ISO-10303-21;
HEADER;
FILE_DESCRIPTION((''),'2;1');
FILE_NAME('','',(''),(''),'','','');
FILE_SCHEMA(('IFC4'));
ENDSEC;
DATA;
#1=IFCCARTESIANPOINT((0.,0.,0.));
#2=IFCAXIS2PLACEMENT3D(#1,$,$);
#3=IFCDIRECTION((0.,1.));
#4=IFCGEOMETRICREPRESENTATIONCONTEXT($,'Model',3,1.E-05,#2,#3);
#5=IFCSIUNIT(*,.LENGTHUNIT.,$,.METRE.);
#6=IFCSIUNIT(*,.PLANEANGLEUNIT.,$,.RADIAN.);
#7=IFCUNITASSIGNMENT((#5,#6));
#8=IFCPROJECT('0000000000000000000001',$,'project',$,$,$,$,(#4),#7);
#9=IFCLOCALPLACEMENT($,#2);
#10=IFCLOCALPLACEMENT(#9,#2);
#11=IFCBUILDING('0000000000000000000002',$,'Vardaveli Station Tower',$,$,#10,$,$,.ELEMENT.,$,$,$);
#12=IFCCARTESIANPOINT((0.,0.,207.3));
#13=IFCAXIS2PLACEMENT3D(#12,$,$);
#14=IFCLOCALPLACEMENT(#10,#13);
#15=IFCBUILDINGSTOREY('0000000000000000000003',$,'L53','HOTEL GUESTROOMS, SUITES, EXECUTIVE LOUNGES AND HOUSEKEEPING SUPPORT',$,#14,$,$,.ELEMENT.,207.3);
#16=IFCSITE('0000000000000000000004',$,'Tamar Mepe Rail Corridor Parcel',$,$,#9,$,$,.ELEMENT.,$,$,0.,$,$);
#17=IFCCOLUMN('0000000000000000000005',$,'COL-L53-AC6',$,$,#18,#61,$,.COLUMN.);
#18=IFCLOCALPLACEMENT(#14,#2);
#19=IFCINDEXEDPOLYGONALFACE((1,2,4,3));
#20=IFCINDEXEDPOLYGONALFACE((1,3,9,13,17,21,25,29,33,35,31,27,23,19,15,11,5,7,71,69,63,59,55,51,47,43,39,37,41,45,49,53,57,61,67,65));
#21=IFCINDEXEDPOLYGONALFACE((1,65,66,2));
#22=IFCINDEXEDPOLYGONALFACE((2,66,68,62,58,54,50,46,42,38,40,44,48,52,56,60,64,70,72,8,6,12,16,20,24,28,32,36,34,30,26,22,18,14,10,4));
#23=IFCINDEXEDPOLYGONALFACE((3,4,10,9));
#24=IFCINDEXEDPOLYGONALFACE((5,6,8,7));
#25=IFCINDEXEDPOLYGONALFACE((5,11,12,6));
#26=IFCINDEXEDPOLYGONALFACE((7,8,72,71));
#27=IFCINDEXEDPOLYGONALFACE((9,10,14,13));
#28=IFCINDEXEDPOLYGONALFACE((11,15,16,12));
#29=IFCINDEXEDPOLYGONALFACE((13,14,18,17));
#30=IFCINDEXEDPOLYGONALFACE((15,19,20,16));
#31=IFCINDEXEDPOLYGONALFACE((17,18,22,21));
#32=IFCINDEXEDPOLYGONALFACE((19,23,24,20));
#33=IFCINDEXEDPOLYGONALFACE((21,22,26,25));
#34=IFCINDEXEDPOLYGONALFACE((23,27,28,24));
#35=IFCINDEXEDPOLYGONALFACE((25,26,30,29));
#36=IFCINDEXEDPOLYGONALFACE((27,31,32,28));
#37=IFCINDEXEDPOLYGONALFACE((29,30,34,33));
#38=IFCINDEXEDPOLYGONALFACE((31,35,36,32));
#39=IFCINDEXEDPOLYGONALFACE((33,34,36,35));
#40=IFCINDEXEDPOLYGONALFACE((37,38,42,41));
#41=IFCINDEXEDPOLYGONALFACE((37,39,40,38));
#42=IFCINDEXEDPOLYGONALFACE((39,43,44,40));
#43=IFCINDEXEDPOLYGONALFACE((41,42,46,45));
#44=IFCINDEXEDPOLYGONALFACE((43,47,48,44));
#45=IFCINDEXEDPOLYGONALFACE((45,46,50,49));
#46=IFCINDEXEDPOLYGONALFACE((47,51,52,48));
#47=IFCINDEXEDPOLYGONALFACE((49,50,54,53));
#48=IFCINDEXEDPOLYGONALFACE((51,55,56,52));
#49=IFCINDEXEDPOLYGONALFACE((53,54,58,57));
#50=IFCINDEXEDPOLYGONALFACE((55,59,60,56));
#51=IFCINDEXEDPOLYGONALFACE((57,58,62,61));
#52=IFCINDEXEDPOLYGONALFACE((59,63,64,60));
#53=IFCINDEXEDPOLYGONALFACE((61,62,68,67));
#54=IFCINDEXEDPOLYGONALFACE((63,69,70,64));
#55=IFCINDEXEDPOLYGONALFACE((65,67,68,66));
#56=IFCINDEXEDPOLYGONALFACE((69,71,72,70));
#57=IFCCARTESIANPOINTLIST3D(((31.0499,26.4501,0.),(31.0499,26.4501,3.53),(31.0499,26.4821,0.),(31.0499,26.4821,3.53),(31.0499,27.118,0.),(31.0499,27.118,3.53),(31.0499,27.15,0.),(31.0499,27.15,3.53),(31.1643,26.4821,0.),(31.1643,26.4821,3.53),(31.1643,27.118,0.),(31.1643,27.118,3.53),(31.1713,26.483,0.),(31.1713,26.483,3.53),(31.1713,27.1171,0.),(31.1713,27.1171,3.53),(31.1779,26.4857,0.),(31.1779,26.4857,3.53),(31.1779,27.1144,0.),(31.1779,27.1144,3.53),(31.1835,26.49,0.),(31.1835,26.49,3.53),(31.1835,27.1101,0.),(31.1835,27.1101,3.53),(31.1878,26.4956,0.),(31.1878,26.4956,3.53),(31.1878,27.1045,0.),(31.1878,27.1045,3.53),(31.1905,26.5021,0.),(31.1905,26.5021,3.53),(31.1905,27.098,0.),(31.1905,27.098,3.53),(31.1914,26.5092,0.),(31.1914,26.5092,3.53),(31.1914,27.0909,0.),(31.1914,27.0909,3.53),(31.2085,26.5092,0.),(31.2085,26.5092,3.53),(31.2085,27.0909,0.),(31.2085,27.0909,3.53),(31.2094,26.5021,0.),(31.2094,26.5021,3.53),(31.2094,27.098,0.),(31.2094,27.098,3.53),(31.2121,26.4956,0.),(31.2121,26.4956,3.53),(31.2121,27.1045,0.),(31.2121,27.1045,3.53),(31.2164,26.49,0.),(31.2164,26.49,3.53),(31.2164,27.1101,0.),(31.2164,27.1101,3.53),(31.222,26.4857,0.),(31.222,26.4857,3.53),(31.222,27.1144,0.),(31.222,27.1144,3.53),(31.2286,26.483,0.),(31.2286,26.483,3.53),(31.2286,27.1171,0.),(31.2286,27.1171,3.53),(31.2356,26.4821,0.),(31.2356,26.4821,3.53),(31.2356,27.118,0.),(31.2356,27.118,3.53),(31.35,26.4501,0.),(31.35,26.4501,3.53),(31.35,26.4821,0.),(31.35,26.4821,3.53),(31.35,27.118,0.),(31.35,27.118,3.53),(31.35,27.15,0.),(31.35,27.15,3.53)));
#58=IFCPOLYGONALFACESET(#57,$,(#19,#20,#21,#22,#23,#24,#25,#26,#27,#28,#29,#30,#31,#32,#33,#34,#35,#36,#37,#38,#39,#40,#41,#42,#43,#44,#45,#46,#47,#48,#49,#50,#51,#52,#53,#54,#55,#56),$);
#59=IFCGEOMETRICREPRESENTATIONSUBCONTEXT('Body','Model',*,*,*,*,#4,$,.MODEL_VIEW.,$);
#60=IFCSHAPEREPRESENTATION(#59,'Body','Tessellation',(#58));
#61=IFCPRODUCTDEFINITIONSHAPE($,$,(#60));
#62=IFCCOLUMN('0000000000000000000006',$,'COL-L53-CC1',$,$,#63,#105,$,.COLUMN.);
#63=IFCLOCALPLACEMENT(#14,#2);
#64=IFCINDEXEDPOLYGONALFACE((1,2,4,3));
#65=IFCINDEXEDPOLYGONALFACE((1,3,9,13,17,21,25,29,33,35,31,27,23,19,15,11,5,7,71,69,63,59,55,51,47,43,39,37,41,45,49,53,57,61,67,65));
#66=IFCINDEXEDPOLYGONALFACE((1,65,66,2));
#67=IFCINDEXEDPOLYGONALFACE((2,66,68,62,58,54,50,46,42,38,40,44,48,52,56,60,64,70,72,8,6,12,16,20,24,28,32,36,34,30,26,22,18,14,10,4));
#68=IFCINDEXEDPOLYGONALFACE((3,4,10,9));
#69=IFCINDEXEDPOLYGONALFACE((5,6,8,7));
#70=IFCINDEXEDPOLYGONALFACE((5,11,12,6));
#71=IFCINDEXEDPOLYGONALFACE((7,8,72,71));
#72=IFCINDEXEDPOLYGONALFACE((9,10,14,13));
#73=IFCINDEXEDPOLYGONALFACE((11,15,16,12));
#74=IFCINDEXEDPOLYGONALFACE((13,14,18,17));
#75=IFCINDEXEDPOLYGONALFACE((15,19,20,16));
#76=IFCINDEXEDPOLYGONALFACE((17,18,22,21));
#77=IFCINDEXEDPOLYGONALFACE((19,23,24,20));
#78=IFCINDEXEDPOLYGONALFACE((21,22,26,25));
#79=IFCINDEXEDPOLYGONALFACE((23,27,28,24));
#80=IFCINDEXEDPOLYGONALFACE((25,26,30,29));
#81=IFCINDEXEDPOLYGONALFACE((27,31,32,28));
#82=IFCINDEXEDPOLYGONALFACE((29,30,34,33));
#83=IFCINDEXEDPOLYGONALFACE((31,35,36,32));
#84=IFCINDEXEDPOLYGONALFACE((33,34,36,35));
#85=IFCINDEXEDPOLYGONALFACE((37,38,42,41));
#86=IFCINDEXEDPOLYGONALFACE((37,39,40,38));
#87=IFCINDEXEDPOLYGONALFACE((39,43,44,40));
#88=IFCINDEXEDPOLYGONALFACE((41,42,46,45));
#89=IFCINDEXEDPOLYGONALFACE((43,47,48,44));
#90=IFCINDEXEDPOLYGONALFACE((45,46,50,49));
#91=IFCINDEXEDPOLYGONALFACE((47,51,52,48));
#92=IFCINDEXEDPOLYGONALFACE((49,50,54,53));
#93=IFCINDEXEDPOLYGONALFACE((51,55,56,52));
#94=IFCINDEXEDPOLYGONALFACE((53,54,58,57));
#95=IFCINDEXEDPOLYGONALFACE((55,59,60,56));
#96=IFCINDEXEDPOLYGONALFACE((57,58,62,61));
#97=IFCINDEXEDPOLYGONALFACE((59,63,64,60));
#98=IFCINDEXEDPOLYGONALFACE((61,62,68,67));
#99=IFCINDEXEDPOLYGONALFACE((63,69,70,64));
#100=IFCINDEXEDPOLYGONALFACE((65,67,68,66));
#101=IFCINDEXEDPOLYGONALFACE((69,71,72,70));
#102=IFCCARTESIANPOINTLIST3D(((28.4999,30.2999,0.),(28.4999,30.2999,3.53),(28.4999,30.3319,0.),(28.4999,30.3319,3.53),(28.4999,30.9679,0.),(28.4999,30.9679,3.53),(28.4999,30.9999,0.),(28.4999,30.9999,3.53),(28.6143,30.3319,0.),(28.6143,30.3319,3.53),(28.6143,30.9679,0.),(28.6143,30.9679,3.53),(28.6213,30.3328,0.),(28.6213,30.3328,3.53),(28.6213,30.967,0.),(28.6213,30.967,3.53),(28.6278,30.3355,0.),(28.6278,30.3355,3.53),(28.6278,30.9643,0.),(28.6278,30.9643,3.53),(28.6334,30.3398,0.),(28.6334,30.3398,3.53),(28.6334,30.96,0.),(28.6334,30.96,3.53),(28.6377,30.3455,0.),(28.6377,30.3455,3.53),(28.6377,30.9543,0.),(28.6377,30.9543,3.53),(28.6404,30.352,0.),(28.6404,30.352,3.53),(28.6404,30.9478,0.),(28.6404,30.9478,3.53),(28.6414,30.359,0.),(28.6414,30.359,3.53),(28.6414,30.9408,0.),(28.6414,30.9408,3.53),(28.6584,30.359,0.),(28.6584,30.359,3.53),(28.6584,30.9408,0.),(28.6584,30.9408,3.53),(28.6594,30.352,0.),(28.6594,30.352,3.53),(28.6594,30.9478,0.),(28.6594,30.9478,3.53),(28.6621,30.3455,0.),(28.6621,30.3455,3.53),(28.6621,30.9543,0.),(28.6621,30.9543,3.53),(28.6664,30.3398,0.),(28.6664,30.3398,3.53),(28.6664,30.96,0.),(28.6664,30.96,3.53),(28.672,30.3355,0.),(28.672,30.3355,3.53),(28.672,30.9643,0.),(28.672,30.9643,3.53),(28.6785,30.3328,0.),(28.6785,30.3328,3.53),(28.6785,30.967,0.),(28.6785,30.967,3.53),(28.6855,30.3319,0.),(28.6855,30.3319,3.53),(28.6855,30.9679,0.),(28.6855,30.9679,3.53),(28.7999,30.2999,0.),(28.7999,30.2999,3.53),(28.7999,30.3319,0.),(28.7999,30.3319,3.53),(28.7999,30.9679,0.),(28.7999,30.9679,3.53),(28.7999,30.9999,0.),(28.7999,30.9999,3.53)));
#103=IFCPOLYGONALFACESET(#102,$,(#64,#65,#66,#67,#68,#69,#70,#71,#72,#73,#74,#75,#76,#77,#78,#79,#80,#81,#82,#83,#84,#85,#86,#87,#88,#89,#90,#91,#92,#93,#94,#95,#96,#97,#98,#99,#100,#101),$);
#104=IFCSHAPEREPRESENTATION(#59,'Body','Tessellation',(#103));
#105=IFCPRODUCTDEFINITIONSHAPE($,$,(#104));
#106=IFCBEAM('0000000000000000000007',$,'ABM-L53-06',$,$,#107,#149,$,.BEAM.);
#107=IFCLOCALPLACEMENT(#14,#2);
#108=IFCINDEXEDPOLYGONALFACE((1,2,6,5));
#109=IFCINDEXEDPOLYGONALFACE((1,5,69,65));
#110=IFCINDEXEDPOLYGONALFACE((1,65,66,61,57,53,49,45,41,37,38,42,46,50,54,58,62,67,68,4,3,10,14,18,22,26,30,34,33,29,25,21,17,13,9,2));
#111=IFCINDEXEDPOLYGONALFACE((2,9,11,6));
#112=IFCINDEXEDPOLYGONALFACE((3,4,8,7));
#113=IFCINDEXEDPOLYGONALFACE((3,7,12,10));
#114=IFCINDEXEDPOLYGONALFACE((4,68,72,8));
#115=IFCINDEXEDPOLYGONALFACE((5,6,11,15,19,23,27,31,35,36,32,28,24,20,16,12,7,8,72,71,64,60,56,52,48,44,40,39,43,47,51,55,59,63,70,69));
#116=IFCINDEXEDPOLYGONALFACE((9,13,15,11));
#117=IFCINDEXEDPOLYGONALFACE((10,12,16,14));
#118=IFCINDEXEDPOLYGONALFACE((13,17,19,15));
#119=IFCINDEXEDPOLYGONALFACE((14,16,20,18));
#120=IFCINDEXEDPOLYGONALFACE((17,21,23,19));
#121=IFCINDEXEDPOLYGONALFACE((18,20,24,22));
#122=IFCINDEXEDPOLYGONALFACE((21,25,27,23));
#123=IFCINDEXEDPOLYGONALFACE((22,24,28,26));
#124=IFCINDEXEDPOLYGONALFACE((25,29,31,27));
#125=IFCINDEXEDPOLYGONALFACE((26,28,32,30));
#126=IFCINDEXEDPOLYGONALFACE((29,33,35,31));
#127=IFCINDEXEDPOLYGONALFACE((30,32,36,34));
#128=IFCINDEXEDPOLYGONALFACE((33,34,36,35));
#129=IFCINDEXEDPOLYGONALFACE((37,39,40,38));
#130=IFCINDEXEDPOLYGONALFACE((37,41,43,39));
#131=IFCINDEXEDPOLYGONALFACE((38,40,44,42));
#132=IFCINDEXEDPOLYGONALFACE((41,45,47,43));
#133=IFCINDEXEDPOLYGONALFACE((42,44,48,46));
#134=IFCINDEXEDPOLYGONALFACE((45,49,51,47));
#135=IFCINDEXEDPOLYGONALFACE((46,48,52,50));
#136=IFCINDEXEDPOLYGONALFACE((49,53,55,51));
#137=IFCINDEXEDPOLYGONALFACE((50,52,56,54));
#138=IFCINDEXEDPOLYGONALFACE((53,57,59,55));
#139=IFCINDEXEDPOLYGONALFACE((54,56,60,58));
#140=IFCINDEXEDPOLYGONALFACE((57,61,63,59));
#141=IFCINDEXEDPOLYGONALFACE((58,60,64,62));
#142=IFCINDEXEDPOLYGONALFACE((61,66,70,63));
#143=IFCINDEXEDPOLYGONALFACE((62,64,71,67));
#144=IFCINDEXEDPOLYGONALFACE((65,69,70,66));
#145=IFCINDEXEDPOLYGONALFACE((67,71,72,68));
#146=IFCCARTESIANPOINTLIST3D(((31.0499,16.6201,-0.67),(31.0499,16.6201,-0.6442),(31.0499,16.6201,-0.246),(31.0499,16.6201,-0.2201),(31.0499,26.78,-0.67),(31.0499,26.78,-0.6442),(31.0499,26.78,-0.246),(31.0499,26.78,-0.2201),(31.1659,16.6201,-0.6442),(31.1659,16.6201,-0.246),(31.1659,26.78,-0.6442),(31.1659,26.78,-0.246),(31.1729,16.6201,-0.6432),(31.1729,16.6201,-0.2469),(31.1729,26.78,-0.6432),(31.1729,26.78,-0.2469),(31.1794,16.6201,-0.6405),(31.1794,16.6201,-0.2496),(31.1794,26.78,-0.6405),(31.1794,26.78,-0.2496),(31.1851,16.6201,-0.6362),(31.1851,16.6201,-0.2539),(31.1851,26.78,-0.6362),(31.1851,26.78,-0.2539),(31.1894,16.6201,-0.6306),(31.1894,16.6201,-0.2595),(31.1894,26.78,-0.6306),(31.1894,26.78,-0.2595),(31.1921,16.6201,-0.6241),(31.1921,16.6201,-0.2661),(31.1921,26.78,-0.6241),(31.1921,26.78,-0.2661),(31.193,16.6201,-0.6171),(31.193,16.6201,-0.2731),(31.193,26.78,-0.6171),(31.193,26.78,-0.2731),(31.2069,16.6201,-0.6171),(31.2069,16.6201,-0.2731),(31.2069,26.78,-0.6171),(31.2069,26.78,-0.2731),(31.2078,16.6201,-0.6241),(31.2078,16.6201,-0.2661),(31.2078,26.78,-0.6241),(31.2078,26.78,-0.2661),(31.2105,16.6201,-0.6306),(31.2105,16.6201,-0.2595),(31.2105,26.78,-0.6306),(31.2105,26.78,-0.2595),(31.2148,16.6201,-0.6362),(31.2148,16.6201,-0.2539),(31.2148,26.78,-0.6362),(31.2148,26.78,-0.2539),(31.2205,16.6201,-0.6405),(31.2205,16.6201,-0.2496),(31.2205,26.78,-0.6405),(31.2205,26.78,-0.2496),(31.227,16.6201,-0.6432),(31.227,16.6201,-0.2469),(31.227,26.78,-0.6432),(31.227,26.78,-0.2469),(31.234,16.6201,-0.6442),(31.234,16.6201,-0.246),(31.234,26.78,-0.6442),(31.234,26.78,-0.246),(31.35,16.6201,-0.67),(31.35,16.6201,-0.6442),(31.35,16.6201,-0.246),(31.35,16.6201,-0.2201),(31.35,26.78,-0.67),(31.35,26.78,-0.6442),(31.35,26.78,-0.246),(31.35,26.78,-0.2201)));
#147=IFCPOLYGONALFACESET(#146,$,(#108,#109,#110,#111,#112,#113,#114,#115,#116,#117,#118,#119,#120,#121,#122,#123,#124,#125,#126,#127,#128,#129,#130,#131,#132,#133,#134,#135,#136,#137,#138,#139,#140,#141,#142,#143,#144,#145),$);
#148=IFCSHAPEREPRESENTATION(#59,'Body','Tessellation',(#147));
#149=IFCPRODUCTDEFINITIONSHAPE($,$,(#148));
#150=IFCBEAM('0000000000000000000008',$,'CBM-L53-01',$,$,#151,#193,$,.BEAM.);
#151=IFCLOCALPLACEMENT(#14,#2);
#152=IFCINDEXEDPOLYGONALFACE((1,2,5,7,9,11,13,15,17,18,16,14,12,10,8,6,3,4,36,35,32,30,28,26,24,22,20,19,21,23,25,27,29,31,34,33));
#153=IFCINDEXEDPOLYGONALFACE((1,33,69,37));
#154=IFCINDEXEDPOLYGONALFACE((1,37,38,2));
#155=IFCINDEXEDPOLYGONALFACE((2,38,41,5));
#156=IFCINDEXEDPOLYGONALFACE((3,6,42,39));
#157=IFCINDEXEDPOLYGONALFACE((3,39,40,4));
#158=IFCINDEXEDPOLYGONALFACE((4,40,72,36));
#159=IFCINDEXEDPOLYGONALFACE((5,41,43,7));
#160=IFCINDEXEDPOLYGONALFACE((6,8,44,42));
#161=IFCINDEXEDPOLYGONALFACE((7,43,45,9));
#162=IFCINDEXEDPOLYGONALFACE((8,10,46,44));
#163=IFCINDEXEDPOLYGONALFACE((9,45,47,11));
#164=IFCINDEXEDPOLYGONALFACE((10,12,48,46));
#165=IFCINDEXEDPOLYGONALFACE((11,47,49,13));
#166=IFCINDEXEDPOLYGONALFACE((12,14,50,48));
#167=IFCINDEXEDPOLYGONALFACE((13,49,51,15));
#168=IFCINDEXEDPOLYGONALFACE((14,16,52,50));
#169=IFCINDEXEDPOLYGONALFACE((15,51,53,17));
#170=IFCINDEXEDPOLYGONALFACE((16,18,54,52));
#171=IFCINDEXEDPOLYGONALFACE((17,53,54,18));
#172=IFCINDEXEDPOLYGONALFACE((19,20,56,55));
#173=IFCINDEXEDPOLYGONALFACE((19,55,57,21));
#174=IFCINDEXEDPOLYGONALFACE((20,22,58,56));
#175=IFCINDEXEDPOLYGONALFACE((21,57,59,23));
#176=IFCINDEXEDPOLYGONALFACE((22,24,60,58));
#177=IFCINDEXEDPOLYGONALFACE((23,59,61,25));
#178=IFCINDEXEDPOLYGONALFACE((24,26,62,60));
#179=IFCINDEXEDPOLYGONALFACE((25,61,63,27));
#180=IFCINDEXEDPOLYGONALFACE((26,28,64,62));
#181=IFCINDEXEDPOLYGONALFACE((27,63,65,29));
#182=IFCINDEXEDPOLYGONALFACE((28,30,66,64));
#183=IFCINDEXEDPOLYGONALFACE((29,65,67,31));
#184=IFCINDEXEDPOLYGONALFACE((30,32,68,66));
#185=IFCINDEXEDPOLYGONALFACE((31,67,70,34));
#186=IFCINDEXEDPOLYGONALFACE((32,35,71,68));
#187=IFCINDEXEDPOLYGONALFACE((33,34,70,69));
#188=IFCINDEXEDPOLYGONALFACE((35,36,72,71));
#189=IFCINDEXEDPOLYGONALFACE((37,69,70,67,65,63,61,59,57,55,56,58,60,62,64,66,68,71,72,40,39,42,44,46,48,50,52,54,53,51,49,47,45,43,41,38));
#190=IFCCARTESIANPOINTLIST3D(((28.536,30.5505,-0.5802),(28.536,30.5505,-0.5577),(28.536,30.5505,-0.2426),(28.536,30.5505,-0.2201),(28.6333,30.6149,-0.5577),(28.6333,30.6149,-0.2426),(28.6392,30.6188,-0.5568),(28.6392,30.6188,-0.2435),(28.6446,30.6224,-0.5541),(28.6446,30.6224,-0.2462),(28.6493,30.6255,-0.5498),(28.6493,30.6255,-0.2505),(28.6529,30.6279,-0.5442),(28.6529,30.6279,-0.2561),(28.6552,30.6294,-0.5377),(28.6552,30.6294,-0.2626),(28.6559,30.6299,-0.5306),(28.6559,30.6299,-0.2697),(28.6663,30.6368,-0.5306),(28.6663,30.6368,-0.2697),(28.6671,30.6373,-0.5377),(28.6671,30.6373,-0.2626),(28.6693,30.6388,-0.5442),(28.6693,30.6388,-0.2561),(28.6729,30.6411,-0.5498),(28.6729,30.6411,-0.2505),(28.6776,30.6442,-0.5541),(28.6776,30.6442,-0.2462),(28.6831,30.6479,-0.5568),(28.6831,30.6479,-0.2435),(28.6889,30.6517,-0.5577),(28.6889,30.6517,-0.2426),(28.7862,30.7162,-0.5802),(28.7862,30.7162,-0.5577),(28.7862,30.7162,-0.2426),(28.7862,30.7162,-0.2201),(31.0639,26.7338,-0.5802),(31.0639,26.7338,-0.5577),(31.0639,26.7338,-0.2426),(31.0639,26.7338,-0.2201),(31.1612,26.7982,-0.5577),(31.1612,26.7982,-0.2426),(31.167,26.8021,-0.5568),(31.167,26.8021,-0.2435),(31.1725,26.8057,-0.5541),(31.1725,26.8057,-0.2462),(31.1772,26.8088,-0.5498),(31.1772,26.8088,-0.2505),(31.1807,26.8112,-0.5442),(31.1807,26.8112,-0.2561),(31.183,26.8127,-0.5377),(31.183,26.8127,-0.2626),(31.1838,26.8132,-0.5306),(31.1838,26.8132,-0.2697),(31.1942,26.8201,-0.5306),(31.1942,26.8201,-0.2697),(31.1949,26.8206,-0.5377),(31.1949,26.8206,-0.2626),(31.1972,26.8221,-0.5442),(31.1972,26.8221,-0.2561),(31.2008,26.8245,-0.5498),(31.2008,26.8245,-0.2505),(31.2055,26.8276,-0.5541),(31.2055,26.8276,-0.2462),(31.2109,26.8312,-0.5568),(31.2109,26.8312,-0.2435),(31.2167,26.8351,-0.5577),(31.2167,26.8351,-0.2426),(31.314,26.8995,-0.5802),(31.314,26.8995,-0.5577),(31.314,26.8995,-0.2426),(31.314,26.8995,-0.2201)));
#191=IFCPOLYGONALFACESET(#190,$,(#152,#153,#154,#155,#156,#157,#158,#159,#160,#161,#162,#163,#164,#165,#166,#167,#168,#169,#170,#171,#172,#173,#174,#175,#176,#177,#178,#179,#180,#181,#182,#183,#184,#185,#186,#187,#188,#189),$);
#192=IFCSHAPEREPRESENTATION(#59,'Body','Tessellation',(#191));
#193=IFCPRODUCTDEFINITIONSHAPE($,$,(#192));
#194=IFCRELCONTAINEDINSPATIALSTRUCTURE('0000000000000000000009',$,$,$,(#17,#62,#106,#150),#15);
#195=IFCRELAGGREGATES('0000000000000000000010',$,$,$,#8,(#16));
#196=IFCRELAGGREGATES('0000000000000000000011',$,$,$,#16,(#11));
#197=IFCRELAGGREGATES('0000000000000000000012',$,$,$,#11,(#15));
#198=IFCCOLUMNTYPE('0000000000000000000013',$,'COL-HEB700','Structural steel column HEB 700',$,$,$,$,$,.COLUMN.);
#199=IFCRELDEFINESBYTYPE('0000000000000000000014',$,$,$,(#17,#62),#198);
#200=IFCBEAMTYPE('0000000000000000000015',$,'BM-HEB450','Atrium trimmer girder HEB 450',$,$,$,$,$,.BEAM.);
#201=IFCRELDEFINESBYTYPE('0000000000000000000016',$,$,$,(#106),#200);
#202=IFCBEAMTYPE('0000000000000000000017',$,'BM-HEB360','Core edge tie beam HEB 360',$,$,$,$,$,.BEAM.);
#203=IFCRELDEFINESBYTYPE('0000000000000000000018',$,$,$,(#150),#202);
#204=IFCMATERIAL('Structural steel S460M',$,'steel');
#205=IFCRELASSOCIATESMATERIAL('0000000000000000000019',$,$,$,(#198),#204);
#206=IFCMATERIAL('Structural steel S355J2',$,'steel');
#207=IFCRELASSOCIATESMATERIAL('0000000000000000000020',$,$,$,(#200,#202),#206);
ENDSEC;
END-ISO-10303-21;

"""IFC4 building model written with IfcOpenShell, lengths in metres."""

from ifc_helpers import new_model, si_unit, direction, frame, origin, origin_2d, place, context, subcontext, project, spatial, i_section, extrude, source, transform, mapped, material, material_profile, profile_set, type_object, element, save


model = new_model("IFC4")

# Units and contexts
model_context = context("Model", 3, precision=1e-05, world=origin(), true_north=direction((0.0, 1.0)))
body_context = subcontext(model_context, "Body", "Model", "MODEL_VIEW")
ifc_project = project(units=[si_unit("LENGTHUNIT", "METRE"), si_unit("PLANEANGLEUNIT", "RADIAN")], contexts=[model_context])

# Site, building, storey
site_placement = place(None, origin())
site = spatial("IfcSite", under=ifc_project, at=site_placement, Name="Tamar Mepe Rail Corridor Parcel", CompositionType="ELEMENT", RefElevation=0.0)
building_placement = place(site_placement, origin())
building = spatial("IfcBuilding", under=site, at=building_placement, Name="Vardaveli Station Tower", CompositionType="ELEMENT")
storey_placement = place(building_placement, frame((0.0, 0.0, 207.3)))
storey = spatial("IfcBuildingStorey", under=building, at=storey_placement, Name="L53", Description="HOTEL GUESTROOMS, SUITES, EXECUTIVE LOUNGES AND HOUSEKEEPING SUPPORT", CompositionType="ELEMENT", Elevation=207.3)

# Columns
ifc_material_1 = material(Name="Structural steel S460M", Category="steel")
ifc_material_profile_1 = material_profile(ifc_material_1, i_section(OverallWidth=0.3, OverallDepth=0.7, WebThickness=0.0171, FlangeThickness=0.032, FilletRadius=0.0271, at=origin_2d()), Name="HEB 700")
ifc_profile_set_1 = profile_set([ifc_material_profile_1], Name="Structural steel S460M")
column_type = type_object("IfcColumnType", Name="COL-HEB700", Description="Structural steel column HEB 700", PredefinedType="COLUMN", material=ifc_profile_set_1)
shared_shape_1 = source(origin(), body_context, "Body", "SweptSolid", [
    extrude(i_section(OverallWidth=0.3, OverallDepth=0.7, WebThickness=0.0171, FlangeThickness=0.032, FilletRadius=0.0271, at=origin_2d()), origin(), (0.0, 0.0, 1.0), 3.53),
])
for number, where, z_axis, x_axis, name in (
    (1, (31.2, 26.8, 0.0), (0.0, 0.0, 1.0), (1.0, 0.0, 0.0), "COL-L53-AC6"),
    (2, (28.6499, 30.6499, 0.0), (0.0, 0.0, 1.0), (1.0, 0.0, 0.0), "COL-L53-CC1"),
):
    element("IfcColumn", number, at=place(storey_placement, frame(where, z_axis=z_axis, x_axis=x_axis)), inside=storey, type_object=column_type, Name=name, PredefinedType="COLUMN", context=body_context, shape_type="MappedRepresentation", body=[
        mapped(shared_shape_1, transform((0.0, 0.0, 0.0), scale=1.0)),
    ])

# Beams
ifc_material_2 = material(Name="Structural steel S355J2", Category="steel")
ifc_material_profile_2 = material_profile(ifc_material_2, i_section(OverallWidth=0.3, OverallDepth=0.45, WebThickness=0.0139, FlangeThickness=0.0259, FilletRadius=0.0271, at=origin_2d()), Name="HEB 450")
ifc_profile_set_2 = profile_set([ifc_material_profile_2], Name="Structural steel S355J2")
beam_type_1 = type_object("IfcBeamType", Name="BM-HEB450", Description="Atrium trimmer girder HEB 450", PredefinedType="BEAM", material=ifc_profile_set_2)
shared_shape_2 = source(origin(), body_context, "Body", "SweptSolid", [
    extrude(i_section(OverallWidth=0.3, OverallDepth=0.45, WebThickness=0.0139, FlangeThickness=0.0259, FilletRadius=0.0271, at=origin_2d()), origin(), (0.0, 0.0, 1.0), 10.1599),
])
beam_1_placement = place(storey_placement, frame((31.2, 26.78, -0.4451), z_axis=(0.0, -1.0, 0.0), x_axis=(1.0, 0.0, 0.0)))
element("IfcBeam", 3, at=beam_1_placement, inside=storey, type_object=beam_type_1, Name="ABM-L53-06", PredefinedType="BEAM", context=body_context, shape_type="MappedRepresentation", body=[
    mapped(shared_shape_2, transform((0.0, 0.0, 0.0), scale=1.0)),
])
ifc_material_profile_3 = material_profile(ifc_material_2, i_section(OverallWidth=0.3, OverallDepth=0.3601, WebThickness=0.0125, FlangeThickness=0.0225, FilletRadius=0.0271, at=origin_2d()), Name="HEB 360")
ifc_profile_set_3 = profile_set([ifc_material_profile_3], Name="Structural steel S355J2")
beam_type_2 = type_object("IfcBeamType", Name="BM-HEB360", Description="Core edge tie beam HEB 360", PredefinedType="BEAM", material=ifc_profile_set_3)
shared_shape_3 = source(origin(), body_context, "Body", "SweptSolid", [
    extrude(i_section(OverallWidth=0.3, OverallDepth=0.3601, WebThickness=0.0125, FlangeThickness=0.0225, FilletRadius=0.0271, at=origin_2d()), origin(), (0.0, 0.0, 1.0), 4.5779),
])
beam_2_placement = place(storey_placement, frame((31.189, 26.8167, -0.4001), z_axis=(-0.552187, 0.83372, 0.0), x_axis=(-0.83372, -0.552187, 0.0)))
element("IfcBeam", 4, at=beam_2_placement, inside=storey, type_object=beam_type_2, Name="CBM-L53-01", PredefinedType="BEAM", context=body_context, shape_type="MappedRepresentation", body=[
    mapped(shared_shape_3, transform((0.0, 0.0, 0.0), scale=1.0)),
])

save(model, "model.ifc")
